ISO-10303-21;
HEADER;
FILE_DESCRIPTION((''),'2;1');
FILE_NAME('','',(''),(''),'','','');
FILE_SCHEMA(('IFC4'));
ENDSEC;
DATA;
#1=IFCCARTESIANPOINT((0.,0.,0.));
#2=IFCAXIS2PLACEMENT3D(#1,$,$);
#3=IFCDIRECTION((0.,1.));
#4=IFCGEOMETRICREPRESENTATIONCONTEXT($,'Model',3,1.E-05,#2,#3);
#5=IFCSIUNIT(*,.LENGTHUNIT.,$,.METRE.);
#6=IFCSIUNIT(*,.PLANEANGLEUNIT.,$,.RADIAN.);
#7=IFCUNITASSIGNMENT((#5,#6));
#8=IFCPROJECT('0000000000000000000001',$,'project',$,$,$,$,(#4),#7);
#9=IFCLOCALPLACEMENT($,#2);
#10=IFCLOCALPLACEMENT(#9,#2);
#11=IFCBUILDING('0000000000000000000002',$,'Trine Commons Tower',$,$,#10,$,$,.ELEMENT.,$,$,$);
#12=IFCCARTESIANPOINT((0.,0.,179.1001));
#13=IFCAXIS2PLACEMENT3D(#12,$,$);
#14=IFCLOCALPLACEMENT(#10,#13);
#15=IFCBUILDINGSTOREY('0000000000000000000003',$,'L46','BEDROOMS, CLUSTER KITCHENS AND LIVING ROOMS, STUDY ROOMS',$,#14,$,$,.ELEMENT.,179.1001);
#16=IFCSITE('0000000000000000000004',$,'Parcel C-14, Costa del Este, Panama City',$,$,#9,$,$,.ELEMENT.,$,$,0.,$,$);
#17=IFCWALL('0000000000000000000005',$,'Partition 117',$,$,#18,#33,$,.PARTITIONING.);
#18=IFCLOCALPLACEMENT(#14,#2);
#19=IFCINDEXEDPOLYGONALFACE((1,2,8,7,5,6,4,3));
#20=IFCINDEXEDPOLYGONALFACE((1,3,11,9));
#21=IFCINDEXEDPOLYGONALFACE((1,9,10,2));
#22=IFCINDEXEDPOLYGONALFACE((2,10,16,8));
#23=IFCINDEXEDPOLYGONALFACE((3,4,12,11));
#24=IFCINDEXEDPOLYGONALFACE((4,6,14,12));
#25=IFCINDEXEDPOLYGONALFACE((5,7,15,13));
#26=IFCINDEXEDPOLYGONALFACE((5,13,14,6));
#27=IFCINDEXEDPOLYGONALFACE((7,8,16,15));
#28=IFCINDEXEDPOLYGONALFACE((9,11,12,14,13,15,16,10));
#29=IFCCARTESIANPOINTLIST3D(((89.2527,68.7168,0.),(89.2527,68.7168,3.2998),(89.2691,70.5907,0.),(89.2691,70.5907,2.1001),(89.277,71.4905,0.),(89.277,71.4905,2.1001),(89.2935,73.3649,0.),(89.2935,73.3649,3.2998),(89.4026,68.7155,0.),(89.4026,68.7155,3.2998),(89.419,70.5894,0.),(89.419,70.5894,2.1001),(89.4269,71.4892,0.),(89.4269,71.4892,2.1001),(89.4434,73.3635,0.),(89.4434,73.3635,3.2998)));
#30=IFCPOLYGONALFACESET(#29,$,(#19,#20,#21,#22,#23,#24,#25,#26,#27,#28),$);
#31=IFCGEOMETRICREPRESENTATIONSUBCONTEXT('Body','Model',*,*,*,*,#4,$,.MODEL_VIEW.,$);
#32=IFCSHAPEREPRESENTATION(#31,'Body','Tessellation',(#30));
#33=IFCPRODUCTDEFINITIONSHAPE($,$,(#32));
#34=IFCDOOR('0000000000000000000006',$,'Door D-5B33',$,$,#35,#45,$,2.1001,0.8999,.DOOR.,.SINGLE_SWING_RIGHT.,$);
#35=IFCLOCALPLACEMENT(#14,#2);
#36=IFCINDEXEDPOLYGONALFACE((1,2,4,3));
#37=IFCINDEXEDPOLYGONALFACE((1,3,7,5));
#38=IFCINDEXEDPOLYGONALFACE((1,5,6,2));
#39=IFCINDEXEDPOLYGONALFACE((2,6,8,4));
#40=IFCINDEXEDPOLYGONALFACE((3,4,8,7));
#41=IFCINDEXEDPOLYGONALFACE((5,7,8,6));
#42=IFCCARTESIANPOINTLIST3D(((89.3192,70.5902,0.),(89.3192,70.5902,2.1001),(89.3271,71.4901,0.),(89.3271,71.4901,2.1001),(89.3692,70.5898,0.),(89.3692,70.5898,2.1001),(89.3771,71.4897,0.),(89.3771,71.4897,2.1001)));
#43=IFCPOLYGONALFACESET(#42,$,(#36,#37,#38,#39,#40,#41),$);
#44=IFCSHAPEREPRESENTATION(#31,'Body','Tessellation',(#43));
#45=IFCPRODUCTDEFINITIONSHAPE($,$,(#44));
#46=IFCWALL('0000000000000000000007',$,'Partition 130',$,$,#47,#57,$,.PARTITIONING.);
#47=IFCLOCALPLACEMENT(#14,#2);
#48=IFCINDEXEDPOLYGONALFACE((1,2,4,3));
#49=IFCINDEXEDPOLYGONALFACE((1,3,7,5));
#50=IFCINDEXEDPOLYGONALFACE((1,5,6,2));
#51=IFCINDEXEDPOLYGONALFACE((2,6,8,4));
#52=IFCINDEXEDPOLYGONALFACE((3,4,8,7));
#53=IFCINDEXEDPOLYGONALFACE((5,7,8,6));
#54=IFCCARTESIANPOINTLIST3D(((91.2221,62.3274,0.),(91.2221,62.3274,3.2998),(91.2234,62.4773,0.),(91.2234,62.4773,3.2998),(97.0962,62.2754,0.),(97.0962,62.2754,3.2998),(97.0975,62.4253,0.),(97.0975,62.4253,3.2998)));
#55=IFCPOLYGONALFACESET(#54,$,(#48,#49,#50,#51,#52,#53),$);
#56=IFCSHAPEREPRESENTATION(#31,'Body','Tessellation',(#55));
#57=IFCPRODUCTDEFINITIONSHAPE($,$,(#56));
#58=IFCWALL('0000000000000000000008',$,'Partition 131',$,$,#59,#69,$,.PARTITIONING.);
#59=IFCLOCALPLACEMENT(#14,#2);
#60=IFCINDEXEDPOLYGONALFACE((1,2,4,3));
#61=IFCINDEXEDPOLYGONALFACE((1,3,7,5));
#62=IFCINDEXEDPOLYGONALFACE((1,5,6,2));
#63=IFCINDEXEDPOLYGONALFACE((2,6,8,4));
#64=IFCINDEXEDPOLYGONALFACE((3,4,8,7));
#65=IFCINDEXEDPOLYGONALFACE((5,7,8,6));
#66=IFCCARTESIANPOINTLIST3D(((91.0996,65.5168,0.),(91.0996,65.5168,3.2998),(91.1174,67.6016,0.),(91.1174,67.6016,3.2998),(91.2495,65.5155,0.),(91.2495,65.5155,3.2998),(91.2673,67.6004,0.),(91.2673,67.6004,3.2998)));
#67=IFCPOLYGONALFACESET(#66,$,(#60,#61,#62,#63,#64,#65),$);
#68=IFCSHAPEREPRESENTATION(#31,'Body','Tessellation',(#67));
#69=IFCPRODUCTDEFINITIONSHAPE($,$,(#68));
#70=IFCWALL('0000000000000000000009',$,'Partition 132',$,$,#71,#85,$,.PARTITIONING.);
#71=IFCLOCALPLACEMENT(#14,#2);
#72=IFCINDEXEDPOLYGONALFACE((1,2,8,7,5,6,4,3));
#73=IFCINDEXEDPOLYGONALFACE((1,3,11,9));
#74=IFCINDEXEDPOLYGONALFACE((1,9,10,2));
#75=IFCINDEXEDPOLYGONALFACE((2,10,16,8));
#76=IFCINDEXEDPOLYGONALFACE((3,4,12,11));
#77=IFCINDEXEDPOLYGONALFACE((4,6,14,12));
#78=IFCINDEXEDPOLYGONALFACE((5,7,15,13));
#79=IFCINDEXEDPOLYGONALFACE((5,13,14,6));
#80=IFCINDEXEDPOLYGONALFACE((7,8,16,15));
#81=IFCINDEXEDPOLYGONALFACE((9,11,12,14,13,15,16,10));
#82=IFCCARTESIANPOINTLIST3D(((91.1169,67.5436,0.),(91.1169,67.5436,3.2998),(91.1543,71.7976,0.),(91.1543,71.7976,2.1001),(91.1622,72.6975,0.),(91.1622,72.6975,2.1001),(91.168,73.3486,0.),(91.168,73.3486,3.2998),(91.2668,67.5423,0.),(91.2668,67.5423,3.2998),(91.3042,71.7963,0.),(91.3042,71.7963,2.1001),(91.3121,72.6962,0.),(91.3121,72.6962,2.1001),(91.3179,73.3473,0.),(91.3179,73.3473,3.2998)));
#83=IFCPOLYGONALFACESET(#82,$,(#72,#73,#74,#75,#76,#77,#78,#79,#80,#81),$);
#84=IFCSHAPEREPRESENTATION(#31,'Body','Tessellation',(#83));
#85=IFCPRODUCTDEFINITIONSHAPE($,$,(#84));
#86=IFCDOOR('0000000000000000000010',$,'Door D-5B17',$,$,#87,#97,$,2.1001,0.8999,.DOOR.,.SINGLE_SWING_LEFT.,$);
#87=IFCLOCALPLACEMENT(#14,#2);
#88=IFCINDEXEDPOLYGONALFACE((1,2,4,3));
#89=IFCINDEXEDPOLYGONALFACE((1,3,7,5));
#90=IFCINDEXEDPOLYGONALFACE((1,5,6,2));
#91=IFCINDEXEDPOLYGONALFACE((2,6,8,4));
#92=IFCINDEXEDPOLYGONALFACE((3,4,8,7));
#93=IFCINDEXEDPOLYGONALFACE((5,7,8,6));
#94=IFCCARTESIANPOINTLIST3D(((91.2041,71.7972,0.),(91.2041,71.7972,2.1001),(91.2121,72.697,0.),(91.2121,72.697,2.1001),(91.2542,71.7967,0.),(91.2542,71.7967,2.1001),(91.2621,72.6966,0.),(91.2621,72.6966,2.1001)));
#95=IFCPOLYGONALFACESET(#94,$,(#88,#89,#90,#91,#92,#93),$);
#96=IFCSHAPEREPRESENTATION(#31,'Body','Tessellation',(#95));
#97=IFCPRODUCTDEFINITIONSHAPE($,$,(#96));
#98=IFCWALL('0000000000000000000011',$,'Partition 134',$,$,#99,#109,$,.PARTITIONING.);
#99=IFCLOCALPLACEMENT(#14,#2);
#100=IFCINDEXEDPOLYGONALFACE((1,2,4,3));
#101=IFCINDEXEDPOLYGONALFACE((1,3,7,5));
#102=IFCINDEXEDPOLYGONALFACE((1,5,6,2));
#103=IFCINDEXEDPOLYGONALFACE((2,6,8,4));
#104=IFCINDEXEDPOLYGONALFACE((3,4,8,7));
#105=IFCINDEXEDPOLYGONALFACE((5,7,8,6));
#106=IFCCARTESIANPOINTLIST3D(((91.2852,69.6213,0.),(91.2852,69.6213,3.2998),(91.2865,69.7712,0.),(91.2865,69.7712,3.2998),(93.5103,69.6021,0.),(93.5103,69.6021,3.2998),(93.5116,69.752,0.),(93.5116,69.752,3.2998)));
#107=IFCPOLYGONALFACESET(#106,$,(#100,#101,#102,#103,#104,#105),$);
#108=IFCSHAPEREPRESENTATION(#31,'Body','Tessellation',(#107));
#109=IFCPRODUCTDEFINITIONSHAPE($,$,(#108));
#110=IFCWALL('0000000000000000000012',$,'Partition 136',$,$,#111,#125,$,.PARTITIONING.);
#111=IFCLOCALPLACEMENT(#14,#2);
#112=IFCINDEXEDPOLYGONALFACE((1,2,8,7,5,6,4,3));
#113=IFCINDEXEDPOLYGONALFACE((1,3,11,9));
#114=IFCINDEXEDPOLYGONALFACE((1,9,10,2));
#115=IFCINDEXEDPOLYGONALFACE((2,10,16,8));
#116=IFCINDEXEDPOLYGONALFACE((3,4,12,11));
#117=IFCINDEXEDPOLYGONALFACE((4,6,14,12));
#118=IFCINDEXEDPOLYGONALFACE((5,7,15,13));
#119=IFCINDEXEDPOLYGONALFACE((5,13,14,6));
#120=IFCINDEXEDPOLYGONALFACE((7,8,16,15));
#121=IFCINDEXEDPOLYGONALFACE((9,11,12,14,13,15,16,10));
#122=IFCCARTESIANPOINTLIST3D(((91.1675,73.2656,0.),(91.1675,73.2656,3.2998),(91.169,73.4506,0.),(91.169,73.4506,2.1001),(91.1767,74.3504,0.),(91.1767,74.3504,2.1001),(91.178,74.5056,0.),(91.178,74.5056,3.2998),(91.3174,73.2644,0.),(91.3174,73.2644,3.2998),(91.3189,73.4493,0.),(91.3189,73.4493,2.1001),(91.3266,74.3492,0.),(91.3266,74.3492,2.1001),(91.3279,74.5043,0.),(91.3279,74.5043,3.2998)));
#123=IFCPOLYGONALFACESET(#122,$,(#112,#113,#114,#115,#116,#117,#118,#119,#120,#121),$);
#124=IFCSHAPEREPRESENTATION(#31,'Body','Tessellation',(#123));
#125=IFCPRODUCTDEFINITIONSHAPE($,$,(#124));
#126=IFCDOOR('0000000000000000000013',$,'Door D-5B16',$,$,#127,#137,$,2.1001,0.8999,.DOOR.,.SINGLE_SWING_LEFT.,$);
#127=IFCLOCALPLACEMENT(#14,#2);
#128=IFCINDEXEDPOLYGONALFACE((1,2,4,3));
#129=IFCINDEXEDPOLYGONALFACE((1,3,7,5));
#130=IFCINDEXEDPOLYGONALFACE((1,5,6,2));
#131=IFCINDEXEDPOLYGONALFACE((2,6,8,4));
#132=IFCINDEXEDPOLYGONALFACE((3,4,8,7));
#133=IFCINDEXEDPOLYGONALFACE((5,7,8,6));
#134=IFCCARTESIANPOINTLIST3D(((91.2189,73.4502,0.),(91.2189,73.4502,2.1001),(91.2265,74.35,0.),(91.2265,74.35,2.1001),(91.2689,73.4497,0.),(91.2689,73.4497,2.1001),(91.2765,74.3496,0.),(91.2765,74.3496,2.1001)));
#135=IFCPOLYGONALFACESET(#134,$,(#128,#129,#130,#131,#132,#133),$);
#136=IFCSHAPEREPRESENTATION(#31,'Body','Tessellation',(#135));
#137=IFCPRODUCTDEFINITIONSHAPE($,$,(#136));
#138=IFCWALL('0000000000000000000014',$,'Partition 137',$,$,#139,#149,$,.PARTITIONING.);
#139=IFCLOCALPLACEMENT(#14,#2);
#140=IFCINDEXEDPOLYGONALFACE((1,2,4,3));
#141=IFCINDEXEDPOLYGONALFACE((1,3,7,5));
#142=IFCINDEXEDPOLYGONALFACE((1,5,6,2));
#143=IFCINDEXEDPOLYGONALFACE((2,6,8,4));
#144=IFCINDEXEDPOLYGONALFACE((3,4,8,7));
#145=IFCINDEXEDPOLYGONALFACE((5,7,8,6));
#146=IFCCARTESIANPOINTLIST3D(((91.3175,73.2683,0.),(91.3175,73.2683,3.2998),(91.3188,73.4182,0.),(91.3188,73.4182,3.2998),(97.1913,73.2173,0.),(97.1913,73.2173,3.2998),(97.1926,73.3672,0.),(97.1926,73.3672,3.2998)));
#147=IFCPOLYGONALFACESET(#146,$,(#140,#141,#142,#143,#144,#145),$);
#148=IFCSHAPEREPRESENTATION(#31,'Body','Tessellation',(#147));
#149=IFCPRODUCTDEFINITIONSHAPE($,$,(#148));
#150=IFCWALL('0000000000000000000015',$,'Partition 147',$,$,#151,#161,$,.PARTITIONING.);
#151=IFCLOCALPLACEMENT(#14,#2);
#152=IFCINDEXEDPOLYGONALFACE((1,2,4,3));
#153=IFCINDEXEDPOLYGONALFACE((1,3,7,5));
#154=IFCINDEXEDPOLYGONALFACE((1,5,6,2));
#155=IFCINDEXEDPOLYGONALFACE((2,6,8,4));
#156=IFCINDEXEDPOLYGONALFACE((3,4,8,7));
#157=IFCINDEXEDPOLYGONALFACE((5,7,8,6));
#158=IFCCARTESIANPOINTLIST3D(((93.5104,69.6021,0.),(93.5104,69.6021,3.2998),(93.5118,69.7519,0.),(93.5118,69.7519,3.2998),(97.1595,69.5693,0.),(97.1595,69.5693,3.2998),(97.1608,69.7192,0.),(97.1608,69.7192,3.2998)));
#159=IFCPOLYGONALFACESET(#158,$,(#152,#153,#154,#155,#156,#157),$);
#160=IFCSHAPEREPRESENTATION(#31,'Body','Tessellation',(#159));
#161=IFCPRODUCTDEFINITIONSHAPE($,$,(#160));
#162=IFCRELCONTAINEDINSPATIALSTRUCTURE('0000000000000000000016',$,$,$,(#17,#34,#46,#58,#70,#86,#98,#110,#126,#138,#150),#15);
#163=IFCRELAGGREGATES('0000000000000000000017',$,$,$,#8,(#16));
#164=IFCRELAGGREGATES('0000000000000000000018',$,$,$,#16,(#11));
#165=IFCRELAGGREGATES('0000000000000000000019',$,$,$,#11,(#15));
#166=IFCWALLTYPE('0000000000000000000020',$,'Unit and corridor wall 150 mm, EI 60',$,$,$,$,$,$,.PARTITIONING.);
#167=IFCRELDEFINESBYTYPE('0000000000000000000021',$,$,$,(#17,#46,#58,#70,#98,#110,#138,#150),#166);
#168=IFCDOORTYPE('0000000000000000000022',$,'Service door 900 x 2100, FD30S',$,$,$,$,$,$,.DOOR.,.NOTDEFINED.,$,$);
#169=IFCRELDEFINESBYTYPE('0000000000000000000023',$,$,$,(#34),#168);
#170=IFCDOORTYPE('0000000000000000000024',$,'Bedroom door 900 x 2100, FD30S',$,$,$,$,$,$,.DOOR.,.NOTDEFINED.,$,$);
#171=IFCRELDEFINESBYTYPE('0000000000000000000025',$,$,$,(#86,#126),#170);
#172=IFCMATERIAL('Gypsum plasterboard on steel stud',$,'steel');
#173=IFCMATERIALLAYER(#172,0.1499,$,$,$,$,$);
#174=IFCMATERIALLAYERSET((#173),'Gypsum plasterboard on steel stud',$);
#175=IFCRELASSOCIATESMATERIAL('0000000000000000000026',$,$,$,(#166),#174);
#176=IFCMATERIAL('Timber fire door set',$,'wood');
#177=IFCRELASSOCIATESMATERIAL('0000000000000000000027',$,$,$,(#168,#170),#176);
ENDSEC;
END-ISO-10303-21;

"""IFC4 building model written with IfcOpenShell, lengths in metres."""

from ifc_helpers import new_model, si_unit, direction, frame, frame_2d, origin, place, context, subcontext, project, spatial, rectangle, extrude, material, layer, layer_set, type_object, element, fill, save


model = new_model("IFC4")

# Units and contexts
model_context = context("Model", 3, precision=1e-05, world=origin(), true_north=direction((0.0, 1.0)))
body_context = subcontext(model_context, "Body", "Model", "MODEL_VIEW")
ifc_project = project(units=[si_unit("LENGTHUNIT", "METRE"), si_unit("PLANEANGLEUNIT", "RADIAN")], contexts=[model_context])

# Site, building, storey
site_placement = place(None, origin())
site = spatial("IfcSite", under=ifc_project, at=site_placement, Name="Parcel C-14, Costa del Este, Panama City", CompositionType="ELEMENT", RefElevation=0.0)
building_placement = place(site_placement, origin())
building = spatial("IfcBuilding", under=site, at=building_placement, Name="Trine Commons Tower", CompositionType="ELEMENT")
storey_placement = place(building_placement, frame((0.0, 0.0, 179.1001)))
storey = spatial("IfcBuildingStorey", under=building, at=storey_placement, Name="L46", Description="BEDROOMS, CLUSTER KITCHENS AND LIVING ROOMS, STUDY ROOMS", CompositionType="ELEMENT", Elevation=179.1001)

# Shared definitions
ifc_material_1 = material(Name="Gypsum plasterboard on steel stud", Category="steel")
ifc_layer_1 = layer(ifc_material_1, 0.1499)
ifc_layer_set_1 = layer_set([ifc_layer_1], Name="Gypsum plasterboard on steel stud")
wall_type_1 = type_object("IfcWallType", Name="Unit and corridor wall 150 mm, EI 60", PredefinedType="PARTITIONING", material=ifc_layer_set_1)

# Wall, opening, door
wall_1_placement = place(storey_placement, frame((89.3276, 68.7161, 0.0), z_axis=(0.0, 0.0, 1.0), x_axis=(0.008772, 0.999962, 0.0)))
wall_1 = element("IfcWall", 1, at=wall_1_placement, inside=storey, type_object=wall_type_1, Name="Partition 117", PredefinedType="PARTITIONING", context=body_context, shape_type="SweptSolid", body=[
    extrude(rectangle(XDim=4.6482, YDim=0.1499, at=frame_2d((2.3242, 0.0))), origin(), (0.0, 0.0, 1.0), 3.2998),
])
opening_1_placement = place(wall_1_placement, frame((1.874, 0.0, 0.0)))
opening_1 = element("IfcOpeningElement", 2, at=opening_1_placement, cuts=wall_1, PredefinedType="OPENING", context=body_context, shape_type="SweptSolid", body=[
    extrude(rectangle(XDim=0.8999, YDim=2.1001, at=frame_2d((0.45, 1.05))), frame((0.0, 0.085, 0.0), z_axis=(0.0, -1.0, 0.0), x_axis=(1.0, 0.0, 0.0)), (0.0, 0.0, 1.0), 0.1699),
])
ifc_material_2 = material(Name="Timber fire door set", Category="wood")
door_type_1 = type_object("IfcDoorType", Name="Service door 900 x 2100, FD30S", OperationType="NOTDEFINED", PredefinedType="DOOR", material=ifc_material_2)
door_1_placement = place(opening_1_placement, origin())
door_1 = element("IfcDoor", 3, at=door_1_placement, inside=storey, type_object=door_type_1, Name="Door D-5B33", OperationType="SINGLE_SWING_RIGHT", OverallHeight=2.1001, OverallWidth=0.8999, PredefinedType="DOOR", context=body_context, shape_type="SweptSolid", body=[
    extrude(rectangle(XDim=0.8999, YDim=2.1001, at=frame_2d((0.45, 1.05))), frame((0.0, 0.0249, 0.0), z_axis=(0.0, -1.0, 0.0), x_axis=(1.0, 0.0, 0.0)), (0.0, 0.0, 1.0), 0.05),
])
fill(opening_1, door_1)

# Walls
wall_2_placement = place(storey_placement, frame((91.2229, 62.4023, 0.0), z_axis=(0.0, 0.0, 1.0), x_axis=(0.999961, -0.008853, 0.0)))
element("IfcWall", 4, at=wall_2_placement, inside=storey, type_object=wall_type_1, Name="Partition 130", PredefinedType="PARTITIONING", context=body_context, shape_type="SweptSolid", body=[
    extrude(rectangle(XDim=5.8743, YDim=0.1499, at=frame_2d((2.937, 0.0))), origin(), (0.0, 0.0, 1.0), 3.2998),
])
wall_3_placement = place(storey_placement, frame((91.1746, 65.5161, 0.0), z_axis=(0.0, 0.0, 1.0), x_axis=(0.008548, 0.999963, 0.0)))
element("IfcWall", 5, at=wall_3_placement, inside=storey, type_object=wall_type_1, Name="Partition 131", PredefinedType="PARTITIONING", context=body_context, shape_type="SweptSolid", body=[
    extrude(rectangle(XDim=2.085, YDim=0.1499, at=frame_2d((1.0425, 0.0))), origin(), (0.0, 0.0, 1.0), 3.2998),
])

# Wall, opening, door
wall_4_placement = place(storey_placement, frame((91.1919, 67.543, 0.0), z_axis=(0.0, 0.0, 1.0), x_axis=(0.00879, 0.999961, 0.0)))
wall_4 = element("IfcWall", 6, at=wall_4_placement, inside=storey, type_object=wall_type_1, Name="Partition 132", PredefinedType="PARTITIONING", context=body_context, shape_type="SweptSolid", body=[
    extrude(rectangle(XDim=5.8052, YDim=0.1499, at=frame_2d((2.9026, 0.0))), origin(), (0.0, 0.0, 1.0), 3.2998),
])
opening_2_placement = place(wall_4_placement, frame((4.2542, 0.0, 0.0)))
opening_2 = element("IfcOpeningElement", 7, at=opening_2_placement, cuts=wall_4, PredefinedType="OPENING", context=body_context, shape_type="SweptSolid", body=[
    extrude(rectangle(XDim=0.8999, YDim=2.1001, at=frame_2d((0.45, 1.05))), frame((0.0, 0.085, 0.0), z_axis=(0.0, -1.0, 0.0), x_axis=(1.0, 0.0, 0.0)), (0.0, 0.0, 1.0), 0.1699),
])
door_type_2 = type_object("IfcDoorType", Name="Bedroom door 900 x 2100, FD30S", OperationType="NOTDEFINED", PredefinedType="DOOR", material=ifc_material_2)
door_2_placement = place(opening_2_placement, frame((0.8999, 0.0, 0.0), z_axis=(0.0, 0.0, 1.0), x_axis=(-1.0, 0.0, 0.0)))
door_2 = element("IfcDoor", 8, at=door_2_placement, inside=storey, type_object=door_type_2, Name="Door D-5B17", OperationType="SINGLE_SWING_LEFT", OverallHeight=2.1001, OverallWidth=0.8999, PredefinedType="DOOR", context=body_context, shape_type="SweptSolid", body=[
    extrude(rectangle(XDim=0.8999, YDim=2.1001, at=frame_2d((0.45, 1.05))), frame((0.0, 0.0249, 0.0), z_axis=(0.0, -1.0, 0.0), x_axis=(1.0, 0.0, 0.0)), (0.0, 0.0, 1.0), 0.05),
])
fill(opening_2, door_2)

# Wall
wall_5_placement = place(storey_placement, frame((91.2859, 69.6963, 0.0), z_axis=(0.0, 0.0, 1.0), x_axis=(0.999962, -0.008668, 0.0)))
element("IfcWall", 9, at=wall_5_placement, inside=storey, type_object=wall_type_1, Name="Partition 134", PredefinedType="PARTITIONING", context=body_context, shape_type="SweptSolid", body=[
    extrude(rectangle(XDim=2.2251, YDim=0.1499, at=frame_2d((1.1125, 0.0))), origin(), (0.0, 0.0, 1.0), 3.2998),
])

# Wall, opening, door
wall_6_placement = place(storey_placement, frame((91.2424, 73.2649, 0.0), z_axis=(0.0, 0.0, 1.0), x_axis=(0.008466, 0.999964, 0.0)))
wall_6 = element("IfcWall", 10, at=wall_6_placement, inside=storey, type_object=wall_type_1, Name="Partition 136", PredefinedType="PARTITIONING", context=body_context, shape_type="SweptSolid", body=[
    extrude(rectangle(XDim=1.24, YDim=0.1499, at=frame_2d((0.6201, 0.0))), origin(), (0.0, 0.0, 1.0), 3.2998),
])
opening_3_placement = place(wall_6_placement, frame((0.1851, 0.0, 0.0)))
opening_3 = element("IfcOpeningElement", 11, at=opening_3_placement, cuts=wall_6, PredefinedType="OPENING", context=body_context, shape_type="SweptSolid", body=[
    extrude(rectangle(XDim=0.8999, YDim=2.1001, at=frame_2d((0.45, 1.05))), frame((0.0, 0.085, 0.0), z_axis=(0.0, -1.0, 0.0), x_axis=(1.0, 0.0, 0.0)), (0.0, 0.0, 1.0), 0.1699),
])
door_3_placement = place(opening_3_placement, frame((0.8999, 0.0, 0.0), z_axis=(0.0, 0.0, 1.0), x_axis=(-1.0, 0.0, 0.0)))
door_3 = element("IfcDoor", 12, at=door_3_placement, inside=storey, type_object=door_type_2, Name="Door D-5B16", OperationType="SINGLE_SWING_LEFT", OverallHeight=2.1001, OverallWidth=0.8999, PredefinedType="DOOR", context=body_context, shape_type="SweptSolid", body=[
    extrude(rectangle(XDim=0.8999, YDim=2.1001, at=frame_2d((0.45, 1.05))), frame((0.0, 0.0249, 0.0), z_axis=(0.0, -1.0, 0.0), x_axis=(1.0, 0.0, 0.0)), (0.0, 0.0, 1.0), 0.05),
])
fill(opening_3, door_3)

# Walls
wall_7_placement = place(storey_placement, frame((91.3181, 73.3433, 0.0), z_axis=(0.0, 0.0, 1.0), x_axis=(0.999962, -0.008687, 0.0)))
element("IfcWall", 13, at=wall_7_placement, inside=storey, type_object=wall_type_1, Name="Partition 137", PredefinedType="PARTITIONING", context=body_context, shape_type="SweptSolid", body=[
    extrude(rectangle(XDim=5.874, YDim=0.1499, at=frame_2d((2.937, 0.0))), origin(), (0.0, 0.0, 1.0), 3.2998),
])
wall_8_placement = place(storey_placement, frame((93.511, 69.677, 0.0), z_axis=(0.0, 0.0, 1.0), x_axis=(0.99996, -0.008965, 0.0)))
element("IfcWall", 14, at=wall_8_placement, inside=storey, type_object=wall_type_1, Name="Partition 147", PredefinedType="PARTITIONING", context=body_context, shape_type="SweptSolid", body=[
    extrude(rectangle(XDim=3.6492, YDim=0.1499, at=frame_2d((1.8247, 0.0))), origin(), (0.0, 0.0, 1.0), 3.2998),
])

save(model, "model.ifc")
